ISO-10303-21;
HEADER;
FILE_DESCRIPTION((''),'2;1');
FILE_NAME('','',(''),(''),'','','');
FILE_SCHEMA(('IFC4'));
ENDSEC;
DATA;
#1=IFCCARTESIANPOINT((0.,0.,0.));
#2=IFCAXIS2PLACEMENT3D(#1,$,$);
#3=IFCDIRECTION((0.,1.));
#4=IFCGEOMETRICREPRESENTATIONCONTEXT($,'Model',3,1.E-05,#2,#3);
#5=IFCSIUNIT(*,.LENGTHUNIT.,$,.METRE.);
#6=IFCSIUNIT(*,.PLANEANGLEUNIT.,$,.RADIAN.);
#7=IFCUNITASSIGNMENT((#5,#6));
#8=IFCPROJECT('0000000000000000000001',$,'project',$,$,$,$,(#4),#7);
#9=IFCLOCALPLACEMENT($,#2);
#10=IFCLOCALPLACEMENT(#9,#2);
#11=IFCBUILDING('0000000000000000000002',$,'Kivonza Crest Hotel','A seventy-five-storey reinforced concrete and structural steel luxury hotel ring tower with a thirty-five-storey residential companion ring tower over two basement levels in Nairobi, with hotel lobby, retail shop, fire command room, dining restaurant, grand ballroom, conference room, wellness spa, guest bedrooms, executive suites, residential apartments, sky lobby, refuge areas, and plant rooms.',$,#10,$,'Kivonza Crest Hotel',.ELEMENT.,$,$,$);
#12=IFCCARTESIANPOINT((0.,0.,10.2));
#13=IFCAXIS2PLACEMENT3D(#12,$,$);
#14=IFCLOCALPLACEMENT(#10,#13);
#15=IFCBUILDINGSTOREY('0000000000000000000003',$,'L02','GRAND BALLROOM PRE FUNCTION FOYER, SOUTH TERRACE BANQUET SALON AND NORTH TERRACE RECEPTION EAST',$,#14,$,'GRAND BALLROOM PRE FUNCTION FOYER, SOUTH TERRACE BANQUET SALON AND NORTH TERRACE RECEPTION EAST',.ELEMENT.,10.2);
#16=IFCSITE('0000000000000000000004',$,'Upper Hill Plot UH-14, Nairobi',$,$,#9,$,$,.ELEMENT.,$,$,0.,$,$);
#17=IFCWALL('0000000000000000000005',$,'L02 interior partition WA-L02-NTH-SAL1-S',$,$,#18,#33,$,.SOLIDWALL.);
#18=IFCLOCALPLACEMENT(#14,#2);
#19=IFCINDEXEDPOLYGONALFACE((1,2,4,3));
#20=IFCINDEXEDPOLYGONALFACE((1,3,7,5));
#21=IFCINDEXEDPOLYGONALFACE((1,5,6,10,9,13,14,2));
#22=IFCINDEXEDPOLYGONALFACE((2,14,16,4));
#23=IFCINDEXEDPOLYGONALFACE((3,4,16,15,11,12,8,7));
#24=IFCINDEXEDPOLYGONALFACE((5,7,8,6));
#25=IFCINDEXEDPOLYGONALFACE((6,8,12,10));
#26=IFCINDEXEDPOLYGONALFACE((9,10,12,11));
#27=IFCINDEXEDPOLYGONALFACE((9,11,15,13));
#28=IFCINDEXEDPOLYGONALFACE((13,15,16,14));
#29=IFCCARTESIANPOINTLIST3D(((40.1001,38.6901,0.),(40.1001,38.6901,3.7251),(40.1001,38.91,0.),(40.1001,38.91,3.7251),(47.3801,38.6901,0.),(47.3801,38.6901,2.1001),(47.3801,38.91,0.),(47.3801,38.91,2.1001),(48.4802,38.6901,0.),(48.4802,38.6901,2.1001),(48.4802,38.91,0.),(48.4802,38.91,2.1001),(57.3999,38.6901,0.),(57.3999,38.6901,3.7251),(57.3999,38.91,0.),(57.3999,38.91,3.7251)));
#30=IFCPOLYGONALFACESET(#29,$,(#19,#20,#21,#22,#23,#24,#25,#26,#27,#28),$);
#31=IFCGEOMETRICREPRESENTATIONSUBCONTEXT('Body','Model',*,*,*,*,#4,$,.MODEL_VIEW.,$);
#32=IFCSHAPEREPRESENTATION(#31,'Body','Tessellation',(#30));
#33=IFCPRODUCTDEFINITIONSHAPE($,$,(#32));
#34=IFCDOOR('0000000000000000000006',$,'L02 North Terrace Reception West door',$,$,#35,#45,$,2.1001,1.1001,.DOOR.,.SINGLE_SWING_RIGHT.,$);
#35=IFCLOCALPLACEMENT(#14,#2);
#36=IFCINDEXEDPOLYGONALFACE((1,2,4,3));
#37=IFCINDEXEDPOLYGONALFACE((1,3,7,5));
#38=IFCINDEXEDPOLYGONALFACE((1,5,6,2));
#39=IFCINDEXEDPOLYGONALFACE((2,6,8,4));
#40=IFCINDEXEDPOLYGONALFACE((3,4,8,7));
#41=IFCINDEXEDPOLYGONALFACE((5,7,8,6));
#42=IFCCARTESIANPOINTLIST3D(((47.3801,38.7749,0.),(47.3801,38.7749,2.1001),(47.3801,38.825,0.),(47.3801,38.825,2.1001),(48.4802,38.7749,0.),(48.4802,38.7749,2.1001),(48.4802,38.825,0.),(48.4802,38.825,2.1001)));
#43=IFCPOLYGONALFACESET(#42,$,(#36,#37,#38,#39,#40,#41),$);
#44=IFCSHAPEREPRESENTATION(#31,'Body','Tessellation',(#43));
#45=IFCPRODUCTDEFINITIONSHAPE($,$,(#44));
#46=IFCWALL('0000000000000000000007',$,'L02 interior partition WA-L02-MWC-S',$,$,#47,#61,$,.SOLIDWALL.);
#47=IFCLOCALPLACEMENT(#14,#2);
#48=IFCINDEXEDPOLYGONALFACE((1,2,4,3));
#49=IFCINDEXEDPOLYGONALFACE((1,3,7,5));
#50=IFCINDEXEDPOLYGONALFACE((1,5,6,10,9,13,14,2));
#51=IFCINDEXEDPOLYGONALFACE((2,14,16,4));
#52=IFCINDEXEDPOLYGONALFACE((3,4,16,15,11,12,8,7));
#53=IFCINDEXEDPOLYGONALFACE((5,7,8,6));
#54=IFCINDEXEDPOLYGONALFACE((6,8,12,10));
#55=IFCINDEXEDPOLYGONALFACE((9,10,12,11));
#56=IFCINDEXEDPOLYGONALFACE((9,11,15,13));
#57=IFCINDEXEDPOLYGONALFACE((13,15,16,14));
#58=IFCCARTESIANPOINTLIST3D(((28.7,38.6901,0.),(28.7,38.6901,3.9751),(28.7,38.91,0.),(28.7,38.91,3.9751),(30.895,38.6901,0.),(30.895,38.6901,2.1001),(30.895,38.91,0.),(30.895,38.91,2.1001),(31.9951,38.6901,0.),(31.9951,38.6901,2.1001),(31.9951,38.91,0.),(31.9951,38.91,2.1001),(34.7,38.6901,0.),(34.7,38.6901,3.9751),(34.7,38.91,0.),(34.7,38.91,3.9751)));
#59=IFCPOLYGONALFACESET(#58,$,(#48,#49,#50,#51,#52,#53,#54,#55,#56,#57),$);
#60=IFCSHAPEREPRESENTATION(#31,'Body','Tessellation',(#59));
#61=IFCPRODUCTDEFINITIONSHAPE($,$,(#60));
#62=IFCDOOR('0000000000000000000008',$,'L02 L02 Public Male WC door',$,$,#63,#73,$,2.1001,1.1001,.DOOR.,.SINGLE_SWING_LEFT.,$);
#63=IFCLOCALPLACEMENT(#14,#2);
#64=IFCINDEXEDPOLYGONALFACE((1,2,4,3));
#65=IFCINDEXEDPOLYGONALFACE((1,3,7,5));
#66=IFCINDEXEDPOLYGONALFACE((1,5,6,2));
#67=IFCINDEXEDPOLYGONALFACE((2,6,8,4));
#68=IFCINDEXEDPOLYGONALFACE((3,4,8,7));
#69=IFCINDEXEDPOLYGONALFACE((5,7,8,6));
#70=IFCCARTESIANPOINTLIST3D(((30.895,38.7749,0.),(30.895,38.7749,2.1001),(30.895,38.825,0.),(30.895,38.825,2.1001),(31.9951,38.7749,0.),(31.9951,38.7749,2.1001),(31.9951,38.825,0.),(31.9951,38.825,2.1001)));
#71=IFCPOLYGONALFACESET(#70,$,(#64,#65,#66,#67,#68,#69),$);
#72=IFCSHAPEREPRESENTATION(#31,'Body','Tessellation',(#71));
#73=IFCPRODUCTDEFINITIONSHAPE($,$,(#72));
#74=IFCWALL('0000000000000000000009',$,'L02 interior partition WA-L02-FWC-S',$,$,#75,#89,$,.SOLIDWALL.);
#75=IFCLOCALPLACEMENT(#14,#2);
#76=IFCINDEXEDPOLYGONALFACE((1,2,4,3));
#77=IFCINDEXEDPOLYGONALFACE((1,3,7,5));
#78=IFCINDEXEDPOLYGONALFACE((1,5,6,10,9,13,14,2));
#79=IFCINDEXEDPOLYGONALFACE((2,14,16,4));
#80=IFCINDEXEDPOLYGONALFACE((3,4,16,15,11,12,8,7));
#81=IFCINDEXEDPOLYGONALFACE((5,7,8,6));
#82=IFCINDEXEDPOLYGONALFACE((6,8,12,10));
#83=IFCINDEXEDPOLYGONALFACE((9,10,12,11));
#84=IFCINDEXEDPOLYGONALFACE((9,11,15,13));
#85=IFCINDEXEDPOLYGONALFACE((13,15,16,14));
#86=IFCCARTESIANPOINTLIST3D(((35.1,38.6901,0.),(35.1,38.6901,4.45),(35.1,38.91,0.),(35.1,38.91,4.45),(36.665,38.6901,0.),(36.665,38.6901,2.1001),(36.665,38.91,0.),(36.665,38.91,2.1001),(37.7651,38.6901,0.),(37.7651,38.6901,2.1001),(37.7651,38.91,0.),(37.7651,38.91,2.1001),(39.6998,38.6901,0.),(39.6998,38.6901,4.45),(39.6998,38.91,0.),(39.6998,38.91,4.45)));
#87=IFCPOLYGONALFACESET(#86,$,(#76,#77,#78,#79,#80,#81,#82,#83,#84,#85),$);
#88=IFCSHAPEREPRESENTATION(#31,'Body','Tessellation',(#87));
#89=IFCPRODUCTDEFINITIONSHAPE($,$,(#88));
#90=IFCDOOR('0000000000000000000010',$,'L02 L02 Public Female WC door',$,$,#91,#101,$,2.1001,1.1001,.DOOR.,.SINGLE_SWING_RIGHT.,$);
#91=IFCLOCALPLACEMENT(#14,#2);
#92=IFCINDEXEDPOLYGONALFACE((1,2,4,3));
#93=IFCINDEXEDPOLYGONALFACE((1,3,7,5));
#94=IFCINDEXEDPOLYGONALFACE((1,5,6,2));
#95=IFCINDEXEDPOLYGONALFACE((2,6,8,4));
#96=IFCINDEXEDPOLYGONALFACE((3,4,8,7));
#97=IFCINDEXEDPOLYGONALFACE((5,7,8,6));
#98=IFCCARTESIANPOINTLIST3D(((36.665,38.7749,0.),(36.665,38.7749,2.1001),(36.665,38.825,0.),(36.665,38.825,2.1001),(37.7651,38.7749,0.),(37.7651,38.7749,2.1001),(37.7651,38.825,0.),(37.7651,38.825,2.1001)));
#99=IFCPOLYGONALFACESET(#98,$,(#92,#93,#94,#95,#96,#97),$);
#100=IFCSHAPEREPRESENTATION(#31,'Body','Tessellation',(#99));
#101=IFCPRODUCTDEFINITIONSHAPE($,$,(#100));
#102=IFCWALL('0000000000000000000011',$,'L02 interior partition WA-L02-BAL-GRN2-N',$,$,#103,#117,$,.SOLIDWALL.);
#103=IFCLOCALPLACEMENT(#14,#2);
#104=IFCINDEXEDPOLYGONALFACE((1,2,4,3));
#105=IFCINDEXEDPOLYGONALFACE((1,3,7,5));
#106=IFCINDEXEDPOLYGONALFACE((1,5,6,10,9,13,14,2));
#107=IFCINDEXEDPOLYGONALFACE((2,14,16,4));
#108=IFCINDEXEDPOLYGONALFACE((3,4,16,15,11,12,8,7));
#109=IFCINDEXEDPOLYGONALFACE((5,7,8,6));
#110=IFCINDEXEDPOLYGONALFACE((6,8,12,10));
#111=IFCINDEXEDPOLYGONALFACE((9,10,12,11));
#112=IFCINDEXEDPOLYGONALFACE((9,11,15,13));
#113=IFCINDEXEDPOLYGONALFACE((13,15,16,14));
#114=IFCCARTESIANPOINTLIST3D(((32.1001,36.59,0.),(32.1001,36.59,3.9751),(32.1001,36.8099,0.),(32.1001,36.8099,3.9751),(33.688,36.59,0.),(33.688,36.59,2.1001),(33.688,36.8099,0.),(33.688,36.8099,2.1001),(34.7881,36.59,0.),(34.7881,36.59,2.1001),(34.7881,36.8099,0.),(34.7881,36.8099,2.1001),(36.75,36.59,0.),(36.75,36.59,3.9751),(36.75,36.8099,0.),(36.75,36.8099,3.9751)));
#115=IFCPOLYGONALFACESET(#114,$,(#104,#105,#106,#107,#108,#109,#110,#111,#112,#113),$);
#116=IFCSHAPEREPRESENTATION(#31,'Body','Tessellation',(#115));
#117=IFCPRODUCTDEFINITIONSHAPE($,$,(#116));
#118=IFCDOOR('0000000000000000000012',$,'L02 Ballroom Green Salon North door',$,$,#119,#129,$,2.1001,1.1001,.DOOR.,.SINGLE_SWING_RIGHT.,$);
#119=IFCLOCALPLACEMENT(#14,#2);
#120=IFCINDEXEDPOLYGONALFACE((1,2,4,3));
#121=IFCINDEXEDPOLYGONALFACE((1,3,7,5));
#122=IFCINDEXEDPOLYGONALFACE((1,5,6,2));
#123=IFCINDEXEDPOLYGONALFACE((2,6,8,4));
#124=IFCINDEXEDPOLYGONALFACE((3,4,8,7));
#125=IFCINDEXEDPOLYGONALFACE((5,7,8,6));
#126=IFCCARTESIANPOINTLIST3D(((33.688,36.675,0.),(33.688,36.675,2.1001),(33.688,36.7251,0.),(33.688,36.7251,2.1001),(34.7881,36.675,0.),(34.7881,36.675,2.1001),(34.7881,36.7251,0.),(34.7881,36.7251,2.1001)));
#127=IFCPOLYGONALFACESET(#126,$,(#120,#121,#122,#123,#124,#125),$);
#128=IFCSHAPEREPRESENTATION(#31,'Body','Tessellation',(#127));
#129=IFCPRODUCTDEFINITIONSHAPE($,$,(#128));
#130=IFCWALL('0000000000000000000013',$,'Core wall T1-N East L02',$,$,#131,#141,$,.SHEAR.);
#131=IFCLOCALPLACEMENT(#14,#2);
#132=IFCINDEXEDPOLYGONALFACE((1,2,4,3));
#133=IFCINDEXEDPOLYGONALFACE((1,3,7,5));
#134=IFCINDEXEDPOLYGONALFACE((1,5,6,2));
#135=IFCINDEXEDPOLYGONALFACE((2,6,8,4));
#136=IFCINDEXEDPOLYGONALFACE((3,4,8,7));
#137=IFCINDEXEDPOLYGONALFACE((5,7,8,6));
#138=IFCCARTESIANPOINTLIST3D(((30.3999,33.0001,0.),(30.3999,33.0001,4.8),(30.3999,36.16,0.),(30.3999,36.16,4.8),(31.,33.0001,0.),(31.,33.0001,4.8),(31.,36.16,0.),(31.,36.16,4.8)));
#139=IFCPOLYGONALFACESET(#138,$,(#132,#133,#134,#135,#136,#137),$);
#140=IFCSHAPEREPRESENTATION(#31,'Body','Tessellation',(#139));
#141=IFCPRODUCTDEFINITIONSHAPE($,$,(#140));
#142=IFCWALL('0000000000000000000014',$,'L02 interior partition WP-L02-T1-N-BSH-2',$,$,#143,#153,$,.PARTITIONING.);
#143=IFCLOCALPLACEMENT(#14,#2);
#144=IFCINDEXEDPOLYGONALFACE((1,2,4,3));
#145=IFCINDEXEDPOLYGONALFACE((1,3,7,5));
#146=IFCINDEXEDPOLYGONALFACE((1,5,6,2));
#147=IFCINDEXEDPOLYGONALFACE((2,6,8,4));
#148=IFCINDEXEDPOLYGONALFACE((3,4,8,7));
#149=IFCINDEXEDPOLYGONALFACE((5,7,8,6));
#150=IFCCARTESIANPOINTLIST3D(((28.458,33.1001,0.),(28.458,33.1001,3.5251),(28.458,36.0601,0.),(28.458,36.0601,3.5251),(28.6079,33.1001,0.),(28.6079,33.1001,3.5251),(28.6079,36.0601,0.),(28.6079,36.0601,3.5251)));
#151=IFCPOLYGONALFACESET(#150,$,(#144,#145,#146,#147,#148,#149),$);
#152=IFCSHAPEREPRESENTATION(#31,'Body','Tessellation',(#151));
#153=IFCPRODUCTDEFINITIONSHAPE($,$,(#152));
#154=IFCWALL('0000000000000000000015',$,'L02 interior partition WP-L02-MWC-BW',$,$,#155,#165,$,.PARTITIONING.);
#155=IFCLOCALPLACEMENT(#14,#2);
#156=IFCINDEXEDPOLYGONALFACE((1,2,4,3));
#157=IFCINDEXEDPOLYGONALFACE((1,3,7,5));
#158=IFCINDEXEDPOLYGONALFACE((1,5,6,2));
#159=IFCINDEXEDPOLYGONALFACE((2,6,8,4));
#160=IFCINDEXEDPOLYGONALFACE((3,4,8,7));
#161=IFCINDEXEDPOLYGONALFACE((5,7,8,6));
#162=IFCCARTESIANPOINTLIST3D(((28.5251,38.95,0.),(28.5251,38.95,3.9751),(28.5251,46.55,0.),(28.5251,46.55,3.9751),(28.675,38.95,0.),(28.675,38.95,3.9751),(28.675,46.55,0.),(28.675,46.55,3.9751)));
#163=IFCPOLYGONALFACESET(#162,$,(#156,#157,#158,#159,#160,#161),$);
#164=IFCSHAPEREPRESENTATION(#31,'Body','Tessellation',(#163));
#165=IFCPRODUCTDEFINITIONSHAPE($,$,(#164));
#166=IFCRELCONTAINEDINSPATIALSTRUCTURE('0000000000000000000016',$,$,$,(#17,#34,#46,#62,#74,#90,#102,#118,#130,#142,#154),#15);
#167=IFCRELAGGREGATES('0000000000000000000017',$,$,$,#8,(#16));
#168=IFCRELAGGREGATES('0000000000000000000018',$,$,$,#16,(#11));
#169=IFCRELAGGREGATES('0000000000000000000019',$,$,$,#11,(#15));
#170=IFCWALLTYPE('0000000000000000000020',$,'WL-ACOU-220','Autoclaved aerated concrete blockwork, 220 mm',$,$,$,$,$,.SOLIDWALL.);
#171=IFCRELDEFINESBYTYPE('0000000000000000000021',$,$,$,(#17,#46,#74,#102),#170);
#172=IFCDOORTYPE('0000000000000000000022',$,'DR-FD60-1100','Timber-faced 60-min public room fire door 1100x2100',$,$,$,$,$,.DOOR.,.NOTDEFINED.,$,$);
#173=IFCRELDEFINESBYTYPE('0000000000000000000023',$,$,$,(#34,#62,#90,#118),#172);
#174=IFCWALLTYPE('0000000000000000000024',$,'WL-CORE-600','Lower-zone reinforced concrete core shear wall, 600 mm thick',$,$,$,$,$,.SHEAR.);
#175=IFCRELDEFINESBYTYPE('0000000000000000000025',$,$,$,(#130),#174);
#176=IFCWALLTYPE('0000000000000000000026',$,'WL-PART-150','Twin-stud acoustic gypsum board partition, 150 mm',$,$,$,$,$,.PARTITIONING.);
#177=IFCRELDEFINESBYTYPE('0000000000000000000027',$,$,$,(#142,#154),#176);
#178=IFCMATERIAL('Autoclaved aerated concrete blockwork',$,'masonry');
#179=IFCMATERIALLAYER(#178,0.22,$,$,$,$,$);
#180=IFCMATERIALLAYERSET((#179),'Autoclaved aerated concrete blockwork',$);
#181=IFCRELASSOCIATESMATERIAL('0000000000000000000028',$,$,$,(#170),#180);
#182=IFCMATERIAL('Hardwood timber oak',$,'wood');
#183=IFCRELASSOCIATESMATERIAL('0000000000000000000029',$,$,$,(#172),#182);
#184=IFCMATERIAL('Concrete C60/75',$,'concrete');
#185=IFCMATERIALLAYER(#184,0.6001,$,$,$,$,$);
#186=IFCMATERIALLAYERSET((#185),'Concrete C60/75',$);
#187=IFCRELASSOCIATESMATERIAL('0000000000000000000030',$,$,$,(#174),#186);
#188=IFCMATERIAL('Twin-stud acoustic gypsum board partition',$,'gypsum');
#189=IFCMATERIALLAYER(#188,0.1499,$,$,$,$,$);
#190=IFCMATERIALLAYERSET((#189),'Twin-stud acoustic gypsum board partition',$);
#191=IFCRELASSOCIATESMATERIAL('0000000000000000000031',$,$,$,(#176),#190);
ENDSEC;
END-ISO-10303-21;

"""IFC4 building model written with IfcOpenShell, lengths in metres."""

from ifc_helpers import new_model, si_unit, direction, frame, frame_2d, origin, place, context, subcontext, project, spatial, rectangle, extrude, material, layer, layer_set, type_object, element, fill, save


model = new_model("IFC4")

# Units and contexts
model_context = context("Model", 3, precision=1e-05, world=origin(), true_north=direction((0.0, 1.0)))
body_context = subcontext(model_context, "Body", "Model", "MODEL_VIEW")
ifc_project = project(units=[si_unit("LENGTHUNIT", "METRE"), si_unit("PLANEANGLEUNIT", "RADIAN")], contexts=[model_context])

# Site, building, storey
site_placement = place(None, origin())
site = spatial("IfcSite", under=ifc_project, at=site_placement, Name="Upper Hill Plot UH-14, Nairobi", CompositionType="ELEMENT", RefElevation=0.0)
building_placement = place(site_placement, origin())
building = spatial("IfcBuilding", under=site, at=building_placement, Name="Kivonza Crest Hotel", Description="A seventy-five-storey reinforced concrete and structural steel luxury hotel ring tower with a thirty-five-storey residential companion ring tower over two basement levels in Nairobi, with hotel lobby, retail shop, fire command room, dining restaurant, grand ballroom, conference room, wellness spa, guest bedrooms, executive suites, residential apartments, sky lobby, refuge areas, and plant rooms.", LongName="Kivonza Crest Hotel", CompositionType="ELEMENT")
storey_placement = place(building_placement, frame((0.0, 0.0, 10.2)))
storey = spatial("IfcBuildingStorey", under=building, at=storey_placement, Name="L02", Description="GRAND BALLROOM PRE FUNCTION FOYER, SOUTH TERRACE BANQUET SALON AND NORTH TERRACE RECEPTION EAST", LongName="GRAND BALLROOM PRE FUNCTION FOYER, SOUTH TERRACE BANQUET SALON AND NORTH TERRACE RECEPTION EAST", CompositionType="ELEMENT", Elevation=10.2)

# Shared definitions
ifc_material_1 = material(Name="Concrete C60/75", Category="concrete")

# Walls, openings, doors
ifc_material_2 = material(Name="Autoclaved aerated concrete blockwork", Category="masonry")
ifc_layer_1 = layer(ifc_material_2, 0.22)
ifc_layer_set_1 = layer_set([ifc_layer_1], Name="Autoclaved aerated concrete blockwork")
wall_type_1 = type_object("IfcWallType", Name="WL-ACOU-220", Description="Autoclaved aerated concrete blockwork, 220 mm", PredefinedType="SOLIDWALL", material=ifc_layer_set_1)
wall_1_placement = place(storey_placement, frame((40.1001, 38.8, 0.0), z_axis=(0.0, 0.0, 1.0), x_axis=(1.0, 0.0, 0.0)))
wall_1 = element("IfcWall", 1, at=wall_1_placement, inside=storey, type_object=wall_type_1, Name="L02 interior partition WA-L02-NTH-SAL1-S", PredefinedType="SOLIDWALL", context=body_context, shape_type="SweptSolid", body=[
    extrude(rectangle(XDim=17.2998, YDim=0.22, at=frame_2d((8.6499, 0.0))), origin(), (0.0, 0.0, 1.0), 3.7251),
])
opening_1_placement = place(wall_1_placement, frame((7.28, 0.0, 0.0)))
opening_1 = element("IfcOpeningElement", 2, at=opening_1_placement, cuts=wall_1, PredefinedType="OPENING", context=body_context, shape_type="SweptSolid", body=[
    extrude(rectangle(XDim=1.1001, YDim=2.1001, at=frame_2d((0.55, 1.05))), frame((0.0, 0.1201, 0.0), z_axis=(0.0, -1.0, 0.0), x_axis=(1.0, 0.0, 0.0)), (0.0, 0.0, 1.0), 0.24),
])
ifc_material_3 = material(Name="Hardwood timber oak", Category="wood")
door_type = type_object("IfcDoorType", Name="DR-FD60-1100", Description="Timber-faced 60-min public room fire door 1100x2100", OperationType="NOTDEFINED", PredefinedType="DOOR", material=ifc_material_3)
door_1_placement = place(opening_1_placement, origin())
door_1 = element("IfcDoor", 3, at=door_1_placement, inside=storey, type_object=door_type, Name="L02 North Terrace Reception West door", OperationType="SINGLE_SWING_RIGHT", OverallHeight=2.1001, OverallWidth=1.1001, PredefinedType="DOOR", context=body_context, shape_type="SweptSolid", body=[
    extrude(rectangle(XDim=1.1001, YDim=2.1001, at=frame_2d((0.55, 1.05))), frame((0.0, 0.0249, 0.0), z_axis=(0.0, -1.0, 0.0), x_axis=(1.0, 0.0, 0.0)), (0.0, 0.0, 1.0), 0.05),
])
fill(opening_1, door_1)
wall_2_placement = place(storey_placement, frame((28.7, 38.8, 0.0), z_axis=(0.0, 0.0, 1.0), x_axis=(1.0, 0.0, 0.0)))
wall_2 = element("IfcWall", 4, at=wall_2_placement, inside=storey, type_object=wall_type_1, Name="L02 interior partition WA-L02-MWC-S", PredefinedType="SOLIDWALL", context=body_context, shape_type="SweptSolid", body=[
    extrude(rectangle(XDim=6.0, YDim=0.22, at=frame_2d((3.0, 0.0))), origin(), (0.0, 0.0, 1.0), 3.9751),
])
opening_2_placement = place(wall_2_placement, frame((2.1951, 0.0, 0.0)))
opening_2 = element("IfcOpeningElement", 5, at=opening_2_placement, cuts=wall_2, PredefinedType="OPENING", context=body_context, shape_type="SweptSolid", body=[
    extrude(rectangle(XDim=1.1001, YDim=2.1001, at=frame_2d((0.55, 1.05))), frame((0.0, 0.1201, 0.0), z_axis=(0.0, -1.0, 0.0), x_axis=(1.0, 0.0, 0.0)), (0.0, 0.0, 1.0), 0.24),
])
door_2_placement = place(opening_2_placement, origin())
door_2 = element("IfcDoor", 6, at=door_2_placement, inside=storey, type_object=door_type, Name="L02 L02 Public Male WC door", OperationType="SINGLE_SWING_LEFT", OverallHeight=2.1001, OverallWidth=1.1001, PredefinedType="DOOR", context=body_context, shape_type="SweptSolid", body=[
    extrude(rectangle(XDim=1.1001, YDim=2.1001, at=frame_2d((0.55, 1.05))), frame((0.0, 0.0249, 0.0), z_axis=(0.0, -1.0, 0.0), x_axis=(1.0, 0.0, 0.0)), (0.0, 0.0, 1.0), 0.05),
])
fill(opening_2, door_2)
wall_3_placement = place(storey_placement, frame((35.1001, 38.8, 0.0), z_axis=(0.0, 0.0, 1.0), x_axis=(1.0, 0.0, 0.0)))
wall_3 = element("IfcWall", 7, at=wall_3_placement, inside=storey, type_object=wall_type_1, Name="L02 interior partition WA-L02-FWC-S", PredefinedType="SOLIDWALL", context=body_context, shape_type="SweptSolid", body=[
    extrude(rectangle(XDim=4.5999, YDim=0.22, at=frame_2d((2.2998, 0.0))), origin(), (0.0, 0.0, 1.0), 4.45),
])
opening_3_placement = place(wall_3_placement, frame((1.5649, 0.0, 0.0)))
opening_3 = element("IfcOpeningElement", 8, at=opening_3_placement, cuts=wall_3, PredefinedType="OPENING", context=body_context, shape_type="SweptSolid", body=[
    extrude(rectangle(XDim=1.1001, YDim=2.1001, at=frame_2d((0.55, 1.05))), frame((0.0, 0.1201, 0.0), z_axis=(0.0, -1.0, 0.0), x_axis=(1.0, 0.0, 0.0)), (0.0, 0.0, 1.0), 0.24),
])
door_3_placement = place(opening_3_placement, origin())
door_3 = element("IfcDoor", 9, at=door_3_placement, inside=storey, type_object=door_type, Name="L02 L02 Public Female WC door", OperationType="SINGLE_SWING_RIGHT", OverallHeight=2.1001, OverallWidth=1.1001, PredefinedType="DOOR", context=body_context, shape_type="SweptSolid", body=[
    extrude(rectangle(XDim=1.1001, YDim=2.1001, at=frame_2d((0.55, 1.05))), frame((0.0, 0.0249, 0.0), z_axis=(0.0, -1.0, 0.0), x_axis=(1.0, 0.0, 0.0)), (0.0, 0.0, 1.0), 0.05),
])
fill(opening_3, door_3)
wall_4_placement = place(storey_placement, frame((32.1001, 36.7, 0.0), z_axis=(0.0, 0.0, 1.0), x_axis=(1.0, 0.0, 0.0)))
wall_4 = element("IfcWall", 10, at=wall_4_placement, inside=storey, type_object=wall_type_1, Name="L02 interior partition WA-L02-BAL-GRN2-N", PredefinedType="SOLIDWALL", context=body_context, shape_type="SweptSolid", body=[
    extrude(rectangle(XDim=4.6499, YDim=0.22, at=frame_2d((2.325, 0.0))), origin(), (0.0, 0.0, 1.0), 3.9751),
])
opening_4_placement = place(wall_4_placement, frame((1.5879, 0.0, 0.0)))
opening_4 = element("IfcOpeningElement", 11, at=opening_4_placement, cuts=wall_4, PredefinedType="OPENING", context=body_context, shape_type="SweptSolid", body=[
    extrude(rectangle(XDim=1.1001, YDim=2.1001, at=frame_2d((0.55, 1.05))), frame((0.0, 0.1201, 0.0), z_axis=(0.0, -1.0, 0.0), x_axis=(1.0, 0.0, 0.0)), (0.0, 0.0, 1.0), 0.24),
])
door_4_placement = place(opening_4_placement, frame((1.1001, 0.0, 0.0), z_axis=(0.0, 0.0, 1.0), x_axis=(-1.0, 0.0, 0.0)))
door_4 = element("IfcDoor", 12, at=door_4_placement, inside=storey, type_object=door_type, Name="L02 Ballroom Green Salon North door", OperationType="SINGLE_SWING_RIGHT", OverallHeight=2.1001, OverallWidth=1.1001, PredefinedType="DOOR", context=body_context, shape_type="SweptSolid", body=[
    extrude(rectangle(XDim=1.1001, YDim=2.1001, at=frame_2d((0.55, 1.05))), frame((0.0, 0.0249, 0.0), z_axis=(0.0, -1.0, 0.0), x_axis=(1.0, 0.0, 0.0)), (0.0, 0.0, 1.0), 0.05),
])
fill(opening_4, door_4)

# Walls
ifc_layer_2 = layer(ifc_material_1, 0.6001)
ifc_layer_set_2 = layer_set([ifc_layer_2], Name="Concrete C60/75")
wall_type_2 = type_object("IfcWallType", Name="WL-CORE-600", Description="Lower-zone reinforced concrete core shear wall, 600 mm thick", PredefinedType="SHEAR", material=ifc_layer_set_2)
wall_5_placement = place(storey_placement, frame((30.7, 33.0, 0.0), z_axis=(0.0, 0.0, 1.0), x_axis=(0.0, 1.0, 0.0)))
element("IfcWall", 13, at=wall_5_placement, inside=storey, type_object=wall_type_2, Name="Core wall T1-N East L02", PredefinedType="SHEAR", context=body_context, shape_type="SweptSolid", body=[
    extrude(rectangle(XDim=3.1599, YDim=0.6001, at=frame_2d((1.5801, 0.0))), origin(), (0.0, 0.0, 1.0), 4.8),
])
ifc_material_4 = material(Name="Twin-stud acoustic gypsum board partition", Category="gypsum")
ifc_layer_3 = layer(ifc_material_4, 0.1499)
ifc_layer_set_3 = layer_set([ifc_layer_3], Name="Twin-stud acoustic gypsum board partition")
wall_type_3 = type_object("IfcWallType", Name="WL-PART-150", Description="Twin-stud acoustic gypsum board partition, 150 mm", PredefinedType="PARTITIONING", material=ifc_layer_set_3)
wall_6_placement = place(storey_placement, frame((28.533, 33.1001, 0.0), z_axis=(0.0, 0.0, 1.0), x_axis=(0.0, 1.0, 0.0)))
element("IfcWall", 14, at=wall_6_placement, inside=storey, type_object=wall_type_3, Name="L02 interior partition WP-L02-T1-N-BSH-2", PredefinedType="PARTITIONING", context=body_context, shape_type="SweptSolid", body=[
    extrude(rectangle(XDim=2.96, YDim=0.1499, at=frame_2d((1.48, 0.0))), origin(), (0.0, 0.0, 1.0), 3.5251),
])
wall_7_placement = place(storey_placement, frame((28.6001, 38.95, 0.0), z_axis=(0.0, 0.0, 1.0), x_axis=(0.0, 1.0, 0.0)))
element("IfcWall", 15, at=wall_7_placement, inside=storey, type_object=wall_type_3, Name="L02 interior partition WP-L02-MWC-BW", PredefinedType="PARTITIONING", context=body_context, shape_type="SweptSolid", body=[
    extrude(rectangle(XDim=7.6001, YDim=0.1499, at=frame_2d((3.8, 0.0))), origin(), (0.0, 0.0, 1.0), 3.9751),
])

save(model, "model.ifc")
